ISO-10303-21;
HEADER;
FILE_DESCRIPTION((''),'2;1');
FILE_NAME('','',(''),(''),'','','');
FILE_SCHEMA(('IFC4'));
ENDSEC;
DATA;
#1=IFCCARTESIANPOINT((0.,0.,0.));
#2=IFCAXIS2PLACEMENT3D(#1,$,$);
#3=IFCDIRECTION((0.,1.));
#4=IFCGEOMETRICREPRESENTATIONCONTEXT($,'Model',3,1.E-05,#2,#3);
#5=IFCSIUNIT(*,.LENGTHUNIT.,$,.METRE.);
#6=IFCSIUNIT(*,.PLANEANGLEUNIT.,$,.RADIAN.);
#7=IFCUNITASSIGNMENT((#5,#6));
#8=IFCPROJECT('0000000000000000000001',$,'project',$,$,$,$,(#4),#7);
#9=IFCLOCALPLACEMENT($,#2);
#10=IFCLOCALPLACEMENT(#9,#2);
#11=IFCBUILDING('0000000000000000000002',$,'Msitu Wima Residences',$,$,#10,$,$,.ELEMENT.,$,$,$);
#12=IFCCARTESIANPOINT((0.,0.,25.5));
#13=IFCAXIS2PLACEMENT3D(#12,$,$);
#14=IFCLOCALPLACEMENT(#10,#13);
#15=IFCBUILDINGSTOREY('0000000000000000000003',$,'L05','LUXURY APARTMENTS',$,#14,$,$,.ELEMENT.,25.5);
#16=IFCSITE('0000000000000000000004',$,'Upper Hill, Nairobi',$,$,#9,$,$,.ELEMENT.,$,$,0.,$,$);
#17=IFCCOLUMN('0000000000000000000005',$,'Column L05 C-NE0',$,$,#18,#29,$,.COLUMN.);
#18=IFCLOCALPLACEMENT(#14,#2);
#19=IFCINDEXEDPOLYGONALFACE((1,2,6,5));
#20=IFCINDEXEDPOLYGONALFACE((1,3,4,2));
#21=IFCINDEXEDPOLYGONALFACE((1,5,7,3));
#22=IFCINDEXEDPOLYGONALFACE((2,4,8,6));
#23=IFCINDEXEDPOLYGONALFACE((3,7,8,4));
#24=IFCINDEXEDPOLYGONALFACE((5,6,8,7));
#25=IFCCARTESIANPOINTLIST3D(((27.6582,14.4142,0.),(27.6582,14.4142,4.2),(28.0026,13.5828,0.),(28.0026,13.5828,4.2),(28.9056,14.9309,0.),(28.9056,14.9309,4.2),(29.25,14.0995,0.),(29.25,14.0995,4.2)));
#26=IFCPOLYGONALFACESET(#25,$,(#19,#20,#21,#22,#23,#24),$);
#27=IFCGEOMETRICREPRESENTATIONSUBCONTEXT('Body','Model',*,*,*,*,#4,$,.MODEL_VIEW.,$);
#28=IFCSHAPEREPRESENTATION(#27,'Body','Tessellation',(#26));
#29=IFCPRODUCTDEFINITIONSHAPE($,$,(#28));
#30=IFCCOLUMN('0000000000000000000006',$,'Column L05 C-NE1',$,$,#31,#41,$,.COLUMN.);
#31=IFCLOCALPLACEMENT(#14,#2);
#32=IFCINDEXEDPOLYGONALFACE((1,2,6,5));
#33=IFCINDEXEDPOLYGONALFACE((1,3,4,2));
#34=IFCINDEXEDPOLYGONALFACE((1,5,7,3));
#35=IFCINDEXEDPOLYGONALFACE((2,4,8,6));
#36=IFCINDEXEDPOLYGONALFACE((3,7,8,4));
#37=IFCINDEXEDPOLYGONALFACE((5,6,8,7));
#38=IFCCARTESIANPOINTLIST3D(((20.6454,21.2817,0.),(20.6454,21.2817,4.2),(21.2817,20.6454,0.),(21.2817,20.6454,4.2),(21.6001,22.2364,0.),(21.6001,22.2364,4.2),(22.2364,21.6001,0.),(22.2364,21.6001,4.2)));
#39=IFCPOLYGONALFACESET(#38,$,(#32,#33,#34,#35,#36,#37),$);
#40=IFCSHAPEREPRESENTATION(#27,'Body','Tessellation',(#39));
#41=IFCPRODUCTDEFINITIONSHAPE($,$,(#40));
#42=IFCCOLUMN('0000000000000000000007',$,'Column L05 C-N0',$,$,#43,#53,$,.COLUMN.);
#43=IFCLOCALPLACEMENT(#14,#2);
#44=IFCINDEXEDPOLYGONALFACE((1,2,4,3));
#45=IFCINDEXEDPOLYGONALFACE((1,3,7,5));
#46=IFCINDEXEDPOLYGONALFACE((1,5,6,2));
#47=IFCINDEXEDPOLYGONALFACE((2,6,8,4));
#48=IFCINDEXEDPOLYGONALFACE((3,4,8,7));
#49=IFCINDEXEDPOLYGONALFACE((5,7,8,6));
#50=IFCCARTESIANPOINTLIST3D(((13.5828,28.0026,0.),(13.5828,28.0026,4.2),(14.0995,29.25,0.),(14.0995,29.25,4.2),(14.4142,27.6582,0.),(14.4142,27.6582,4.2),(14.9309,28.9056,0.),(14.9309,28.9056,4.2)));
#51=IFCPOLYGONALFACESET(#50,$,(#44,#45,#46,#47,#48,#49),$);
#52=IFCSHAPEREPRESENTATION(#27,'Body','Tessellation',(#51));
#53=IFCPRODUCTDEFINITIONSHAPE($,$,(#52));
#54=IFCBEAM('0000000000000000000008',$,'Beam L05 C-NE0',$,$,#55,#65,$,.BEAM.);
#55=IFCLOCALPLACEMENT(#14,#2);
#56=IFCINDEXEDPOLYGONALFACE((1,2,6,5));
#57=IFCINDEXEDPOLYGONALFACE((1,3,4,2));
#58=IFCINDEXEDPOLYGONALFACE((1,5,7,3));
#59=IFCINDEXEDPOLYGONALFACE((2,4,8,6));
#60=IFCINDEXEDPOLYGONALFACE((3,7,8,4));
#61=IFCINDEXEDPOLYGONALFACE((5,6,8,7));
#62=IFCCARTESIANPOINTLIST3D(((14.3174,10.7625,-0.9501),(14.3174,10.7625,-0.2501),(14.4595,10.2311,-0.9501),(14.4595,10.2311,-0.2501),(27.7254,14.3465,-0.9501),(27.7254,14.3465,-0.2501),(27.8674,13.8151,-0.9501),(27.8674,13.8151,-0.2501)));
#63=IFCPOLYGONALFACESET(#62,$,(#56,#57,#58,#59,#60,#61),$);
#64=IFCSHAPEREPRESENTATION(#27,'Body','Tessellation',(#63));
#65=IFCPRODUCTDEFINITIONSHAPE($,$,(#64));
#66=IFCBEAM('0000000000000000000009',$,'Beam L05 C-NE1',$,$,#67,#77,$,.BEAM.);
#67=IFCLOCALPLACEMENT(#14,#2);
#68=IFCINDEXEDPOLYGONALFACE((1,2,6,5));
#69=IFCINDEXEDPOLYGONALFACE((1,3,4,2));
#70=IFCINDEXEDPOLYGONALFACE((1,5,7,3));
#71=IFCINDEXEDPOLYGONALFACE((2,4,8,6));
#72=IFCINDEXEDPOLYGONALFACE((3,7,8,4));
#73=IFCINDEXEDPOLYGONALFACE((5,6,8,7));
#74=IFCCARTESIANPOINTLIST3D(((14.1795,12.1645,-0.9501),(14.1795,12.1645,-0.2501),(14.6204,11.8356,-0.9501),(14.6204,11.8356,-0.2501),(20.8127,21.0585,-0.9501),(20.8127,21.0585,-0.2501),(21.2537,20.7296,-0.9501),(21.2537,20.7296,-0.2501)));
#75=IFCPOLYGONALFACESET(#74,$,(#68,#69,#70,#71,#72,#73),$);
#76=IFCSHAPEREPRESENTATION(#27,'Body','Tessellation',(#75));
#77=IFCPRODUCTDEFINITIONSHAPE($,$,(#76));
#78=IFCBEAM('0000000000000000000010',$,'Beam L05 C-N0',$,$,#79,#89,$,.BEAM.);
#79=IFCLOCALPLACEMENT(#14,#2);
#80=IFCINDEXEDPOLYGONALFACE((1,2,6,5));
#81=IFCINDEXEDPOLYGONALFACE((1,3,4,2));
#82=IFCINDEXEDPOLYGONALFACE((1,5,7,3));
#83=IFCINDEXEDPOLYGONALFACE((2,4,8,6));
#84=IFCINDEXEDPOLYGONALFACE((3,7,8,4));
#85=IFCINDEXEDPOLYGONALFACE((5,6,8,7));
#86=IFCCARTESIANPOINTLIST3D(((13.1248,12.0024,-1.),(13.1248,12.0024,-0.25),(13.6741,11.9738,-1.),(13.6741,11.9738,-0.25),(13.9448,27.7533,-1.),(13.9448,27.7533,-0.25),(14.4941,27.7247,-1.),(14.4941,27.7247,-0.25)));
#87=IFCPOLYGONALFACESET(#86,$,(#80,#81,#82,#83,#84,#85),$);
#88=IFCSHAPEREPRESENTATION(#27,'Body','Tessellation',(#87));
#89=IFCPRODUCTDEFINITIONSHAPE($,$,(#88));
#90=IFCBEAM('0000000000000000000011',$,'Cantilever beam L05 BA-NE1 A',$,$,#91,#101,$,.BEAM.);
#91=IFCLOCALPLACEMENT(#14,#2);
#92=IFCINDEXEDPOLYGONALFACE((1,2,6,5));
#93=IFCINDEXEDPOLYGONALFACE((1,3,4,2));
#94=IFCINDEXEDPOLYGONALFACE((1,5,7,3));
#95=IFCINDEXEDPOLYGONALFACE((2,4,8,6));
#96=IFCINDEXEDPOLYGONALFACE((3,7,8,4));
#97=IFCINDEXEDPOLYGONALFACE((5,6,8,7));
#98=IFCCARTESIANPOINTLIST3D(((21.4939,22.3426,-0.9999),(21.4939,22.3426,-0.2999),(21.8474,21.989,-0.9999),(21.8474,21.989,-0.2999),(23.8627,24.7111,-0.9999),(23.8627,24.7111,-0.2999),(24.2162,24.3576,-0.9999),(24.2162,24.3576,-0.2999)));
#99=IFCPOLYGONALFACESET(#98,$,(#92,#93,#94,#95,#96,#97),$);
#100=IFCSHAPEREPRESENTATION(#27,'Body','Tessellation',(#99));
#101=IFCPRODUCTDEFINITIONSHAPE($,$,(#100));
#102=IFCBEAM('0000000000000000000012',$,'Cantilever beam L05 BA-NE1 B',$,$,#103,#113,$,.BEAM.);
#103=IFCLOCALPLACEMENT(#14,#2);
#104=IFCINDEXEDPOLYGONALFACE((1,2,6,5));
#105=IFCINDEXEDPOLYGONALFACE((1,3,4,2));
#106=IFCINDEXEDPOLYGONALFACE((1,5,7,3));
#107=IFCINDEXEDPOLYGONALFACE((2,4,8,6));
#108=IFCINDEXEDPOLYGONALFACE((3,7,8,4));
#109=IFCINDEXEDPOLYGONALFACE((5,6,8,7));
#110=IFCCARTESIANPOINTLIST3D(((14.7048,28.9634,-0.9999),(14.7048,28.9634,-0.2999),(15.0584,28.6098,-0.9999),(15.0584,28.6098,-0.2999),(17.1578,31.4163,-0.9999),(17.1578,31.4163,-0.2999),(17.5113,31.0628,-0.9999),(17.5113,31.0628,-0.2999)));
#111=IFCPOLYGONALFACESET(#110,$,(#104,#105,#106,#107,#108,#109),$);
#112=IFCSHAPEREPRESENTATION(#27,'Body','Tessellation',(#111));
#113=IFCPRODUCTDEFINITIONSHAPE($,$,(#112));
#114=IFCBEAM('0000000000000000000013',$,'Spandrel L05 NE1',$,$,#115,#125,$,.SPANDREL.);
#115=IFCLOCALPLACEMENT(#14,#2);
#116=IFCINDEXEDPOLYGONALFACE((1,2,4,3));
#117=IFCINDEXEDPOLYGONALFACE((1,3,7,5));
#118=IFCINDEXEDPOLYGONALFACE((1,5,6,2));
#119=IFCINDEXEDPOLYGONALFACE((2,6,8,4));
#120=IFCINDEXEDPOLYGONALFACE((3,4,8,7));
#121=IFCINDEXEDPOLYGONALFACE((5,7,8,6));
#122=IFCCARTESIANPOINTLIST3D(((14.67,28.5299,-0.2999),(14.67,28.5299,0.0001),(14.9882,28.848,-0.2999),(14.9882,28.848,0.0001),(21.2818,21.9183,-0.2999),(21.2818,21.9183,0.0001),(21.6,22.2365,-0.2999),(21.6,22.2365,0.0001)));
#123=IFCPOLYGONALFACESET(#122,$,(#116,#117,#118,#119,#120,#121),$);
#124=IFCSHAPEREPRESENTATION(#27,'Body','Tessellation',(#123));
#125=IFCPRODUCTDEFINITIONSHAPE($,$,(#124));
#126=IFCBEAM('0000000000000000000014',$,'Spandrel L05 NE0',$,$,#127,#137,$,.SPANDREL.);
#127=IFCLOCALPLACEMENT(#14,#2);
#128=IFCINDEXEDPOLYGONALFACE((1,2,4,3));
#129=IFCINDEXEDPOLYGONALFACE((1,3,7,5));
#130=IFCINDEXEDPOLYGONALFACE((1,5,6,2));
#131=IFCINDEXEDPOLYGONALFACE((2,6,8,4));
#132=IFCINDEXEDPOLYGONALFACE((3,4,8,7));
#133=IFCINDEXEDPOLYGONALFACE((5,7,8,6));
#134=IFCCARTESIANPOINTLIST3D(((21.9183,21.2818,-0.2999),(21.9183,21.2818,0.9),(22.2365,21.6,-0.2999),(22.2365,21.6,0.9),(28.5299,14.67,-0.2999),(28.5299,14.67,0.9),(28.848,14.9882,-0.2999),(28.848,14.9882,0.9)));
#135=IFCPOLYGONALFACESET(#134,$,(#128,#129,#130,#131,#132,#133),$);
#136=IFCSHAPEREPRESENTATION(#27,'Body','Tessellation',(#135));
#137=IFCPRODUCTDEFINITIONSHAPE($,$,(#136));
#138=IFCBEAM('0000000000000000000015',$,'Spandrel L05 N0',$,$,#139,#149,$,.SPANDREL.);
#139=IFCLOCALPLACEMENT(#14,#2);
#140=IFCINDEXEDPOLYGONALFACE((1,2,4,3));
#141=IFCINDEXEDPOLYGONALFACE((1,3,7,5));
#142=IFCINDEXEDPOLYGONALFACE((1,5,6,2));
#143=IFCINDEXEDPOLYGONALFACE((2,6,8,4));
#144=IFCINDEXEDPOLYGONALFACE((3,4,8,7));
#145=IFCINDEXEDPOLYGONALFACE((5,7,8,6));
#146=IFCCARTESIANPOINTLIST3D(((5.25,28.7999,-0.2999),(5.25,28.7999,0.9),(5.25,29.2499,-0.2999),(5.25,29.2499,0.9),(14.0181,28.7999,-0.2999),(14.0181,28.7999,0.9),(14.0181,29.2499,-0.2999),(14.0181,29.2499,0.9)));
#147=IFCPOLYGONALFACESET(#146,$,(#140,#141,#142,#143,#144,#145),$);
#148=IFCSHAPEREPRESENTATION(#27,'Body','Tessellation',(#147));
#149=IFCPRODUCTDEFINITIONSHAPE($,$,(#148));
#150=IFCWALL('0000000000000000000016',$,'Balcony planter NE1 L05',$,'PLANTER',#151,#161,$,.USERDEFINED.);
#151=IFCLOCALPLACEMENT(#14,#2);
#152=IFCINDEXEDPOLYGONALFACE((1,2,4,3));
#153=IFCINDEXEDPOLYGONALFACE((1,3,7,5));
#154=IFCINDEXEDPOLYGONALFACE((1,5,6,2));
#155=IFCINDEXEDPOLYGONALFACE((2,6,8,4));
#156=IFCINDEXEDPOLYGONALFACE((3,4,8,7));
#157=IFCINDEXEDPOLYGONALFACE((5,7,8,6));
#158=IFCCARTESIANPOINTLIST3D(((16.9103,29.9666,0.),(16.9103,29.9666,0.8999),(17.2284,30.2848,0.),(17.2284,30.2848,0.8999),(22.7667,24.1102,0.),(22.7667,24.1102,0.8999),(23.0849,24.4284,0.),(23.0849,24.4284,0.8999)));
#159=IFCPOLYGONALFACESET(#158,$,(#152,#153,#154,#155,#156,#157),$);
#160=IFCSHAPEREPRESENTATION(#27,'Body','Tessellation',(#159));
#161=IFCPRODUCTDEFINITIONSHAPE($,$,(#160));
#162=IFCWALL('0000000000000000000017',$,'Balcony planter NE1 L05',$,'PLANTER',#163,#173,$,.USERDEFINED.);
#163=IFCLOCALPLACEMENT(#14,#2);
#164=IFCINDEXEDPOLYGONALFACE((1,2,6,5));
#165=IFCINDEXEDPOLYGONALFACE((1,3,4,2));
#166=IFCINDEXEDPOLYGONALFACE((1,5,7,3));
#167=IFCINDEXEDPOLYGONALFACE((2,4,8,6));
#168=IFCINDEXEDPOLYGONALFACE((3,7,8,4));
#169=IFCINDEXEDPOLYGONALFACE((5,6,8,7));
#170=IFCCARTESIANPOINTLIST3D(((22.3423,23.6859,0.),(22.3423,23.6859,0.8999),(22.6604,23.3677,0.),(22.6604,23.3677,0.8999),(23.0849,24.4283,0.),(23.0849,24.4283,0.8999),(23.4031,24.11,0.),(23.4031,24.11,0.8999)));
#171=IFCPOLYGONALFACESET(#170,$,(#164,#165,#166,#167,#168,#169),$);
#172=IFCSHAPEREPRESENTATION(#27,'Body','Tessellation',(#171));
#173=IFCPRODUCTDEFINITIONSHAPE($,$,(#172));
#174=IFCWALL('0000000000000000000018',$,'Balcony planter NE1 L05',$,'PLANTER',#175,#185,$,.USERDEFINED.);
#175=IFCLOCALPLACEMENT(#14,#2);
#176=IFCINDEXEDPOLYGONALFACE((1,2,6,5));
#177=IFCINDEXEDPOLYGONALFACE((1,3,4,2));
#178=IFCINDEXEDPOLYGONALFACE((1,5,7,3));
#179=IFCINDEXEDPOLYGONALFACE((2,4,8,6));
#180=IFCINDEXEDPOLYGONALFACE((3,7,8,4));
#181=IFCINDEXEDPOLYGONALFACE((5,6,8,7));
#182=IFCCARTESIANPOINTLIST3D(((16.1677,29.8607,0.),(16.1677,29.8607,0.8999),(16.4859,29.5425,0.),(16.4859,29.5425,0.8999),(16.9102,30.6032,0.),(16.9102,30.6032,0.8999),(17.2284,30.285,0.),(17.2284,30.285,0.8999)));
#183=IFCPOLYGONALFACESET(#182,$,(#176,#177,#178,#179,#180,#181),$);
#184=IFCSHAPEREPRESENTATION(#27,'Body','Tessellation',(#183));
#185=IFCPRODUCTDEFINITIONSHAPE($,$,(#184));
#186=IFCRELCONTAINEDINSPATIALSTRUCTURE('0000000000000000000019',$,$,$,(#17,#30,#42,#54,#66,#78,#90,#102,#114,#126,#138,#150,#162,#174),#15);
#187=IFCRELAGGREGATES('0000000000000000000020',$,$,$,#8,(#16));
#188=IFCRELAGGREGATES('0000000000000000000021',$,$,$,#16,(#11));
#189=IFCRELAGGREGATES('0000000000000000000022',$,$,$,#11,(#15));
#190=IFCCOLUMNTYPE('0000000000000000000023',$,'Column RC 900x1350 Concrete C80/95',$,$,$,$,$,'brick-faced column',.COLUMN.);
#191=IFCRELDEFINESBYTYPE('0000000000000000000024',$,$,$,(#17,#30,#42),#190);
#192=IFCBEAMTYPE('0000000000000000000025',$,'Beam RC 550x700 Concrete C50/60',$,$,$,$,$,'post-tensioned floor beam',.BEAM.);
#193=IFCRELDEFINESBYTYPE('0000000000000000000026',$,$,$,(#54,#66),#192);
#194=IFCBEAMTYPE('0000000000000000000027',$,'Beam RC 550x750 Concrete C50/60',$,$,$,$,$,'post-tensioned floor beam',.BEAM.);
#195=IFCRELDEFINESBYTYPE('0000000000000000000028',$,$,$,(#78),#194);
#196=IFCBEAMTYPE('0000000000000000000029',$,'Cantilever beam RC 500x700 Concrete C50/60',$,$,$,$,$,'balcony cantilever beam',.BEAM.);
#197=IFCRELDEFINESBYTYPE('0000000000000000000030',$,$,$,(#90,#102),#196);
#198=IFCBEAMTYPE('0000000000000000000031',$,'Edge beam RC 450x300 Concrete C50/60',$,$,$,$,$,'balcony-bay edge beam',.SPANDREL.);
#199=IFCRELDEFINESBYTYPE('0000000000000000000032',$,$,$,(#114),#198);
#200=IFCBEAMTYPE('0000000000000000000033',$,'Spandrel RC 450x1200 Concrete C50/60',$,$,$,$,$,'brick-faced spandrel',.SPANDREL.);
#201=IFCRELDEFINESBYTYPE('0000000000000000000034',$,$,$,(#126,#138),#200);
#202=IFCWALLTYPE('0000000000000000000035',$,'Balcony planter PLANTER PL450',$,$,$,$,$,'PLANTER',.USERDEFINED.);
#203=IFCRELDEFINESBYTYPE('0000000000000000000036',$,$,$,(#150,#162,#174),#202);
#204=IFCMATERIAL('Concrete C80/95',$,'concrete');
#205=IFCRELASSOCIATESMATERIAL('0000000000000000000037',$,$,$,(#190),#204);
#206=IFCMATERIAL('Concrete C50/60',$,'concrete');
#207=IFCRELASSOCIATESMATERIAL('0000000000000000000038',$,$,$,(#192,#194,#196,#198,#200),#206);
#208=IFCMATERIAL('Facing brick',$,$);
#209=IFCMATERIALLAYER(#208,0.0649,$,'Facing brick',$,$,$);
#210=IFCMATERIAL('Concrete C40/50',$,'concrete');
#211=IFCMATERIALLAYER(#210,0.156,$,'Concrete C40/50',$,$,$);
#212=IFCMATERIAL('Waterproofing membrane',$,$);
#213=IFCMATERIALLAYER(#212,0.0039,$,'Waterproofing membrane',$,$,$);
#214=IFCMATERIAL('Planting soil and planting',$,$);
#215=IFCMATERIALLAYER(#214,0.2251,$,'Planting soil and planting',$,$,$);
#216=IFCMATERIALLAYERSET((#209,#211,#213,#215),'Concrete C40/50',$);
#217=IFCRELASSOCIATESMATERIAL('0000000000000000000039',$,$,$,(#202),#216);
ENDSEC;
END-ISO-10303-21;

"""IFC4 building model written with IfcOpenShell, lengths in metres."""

from ifc_helpers import new_model, si_unit, direction, frame, frame_2d, origin, origin_2d, place, context, subcontext, project, spatial, rectangle, extrude, material, layer, layer_set, material_profile, profile_set, type_object, element, save


model = new_model("IFC4")

# Units and contexts
model_context = context("Model", 3, precision=1e-05, world=origin(), true_north=direction((0.0, 1.0)))
body_context = subcontext(model_context, "Body", "Model", "MODEL_VIEW")
ifc_project = project(units=[si_unit("LENGTHUNIT", "METRE"), si_unit("PLANEANGLEUNIT", "RADIAN")], contexts=[model_context])

# Site, building, storey
site_placement = place(None, origin())
site = spatial("IfcSite", under=ifc_project, at=site_placement, Name="Upper Hill, Nairobi", CompositionType="ELEMENT", RefElevation=0.0)
building_placement = place(site_placement, origin())
building = spatial("IfcBuilding", under=site, at=building_placement, Name="Msitu Wima Residences", CompositionType="ELEMENT")
storey_placement = place(building_placement, frame((0.0, 0.0, 25.5)))
storey = spatial("IfcBuildingStorey", under=building, at=storey_placement, Name="L05", Description="LUXURY APARTMENTS", CompositionType="ELEMENT", Elevation=25.5)

# Columns
ifc_material_1 = material(Name="Concrete C80/95", Category="concrete")
ifc_material_profile_1 = material_profile(ifc_material_1, rectangle(XDim=0.8999, YDim=1.3501, at=origin_2d()), Name="RC 900x1350")
ifc_profile_set_1 = profile_set([ifc_material_profile_1], Name="Concrete C80/95")
column_type = type_object("IfcColumnType", Name="Column RC 900x1350 Concrete C80/95", ElementType="brick-faced column", PredefinedType="COLUMN", material=ifc_profile_set_1)
for number, where, z_axis, x_axis, name in (
    (1, (28.4541, 14.2568, 0.0), (0.0, 0.0, 1.0), (-0.382683, 0.92388, 0.0), "Column L05 C-NE0"),
    (2, (21.4409, 21.4409, 0.0), (0.0, 0.0, 1.0), (-0.707107, 0.707107, 0.0), "Column L05 C-NE1"),
    (3, (14.2568, 28.4541, 0.0), (0.0, 0.0, 1.0), (-0.92388, 0.382683, 0.0), "Column L05 C-N0"),
):
    element("IfcColumn", number, at=place(storey_placement, frame(where, z_axis=z_axis, x_axis=x_axis)), inside=storey, type_object=column_type, Name=name, PredefinedType="COLUMN", context=body_context, shape_type="SweptSolid", body=[
        extrude(rectangle(XDim=0.8999, YDim=1.3501, at=origin_2d()), origin(), (0.0, 0.0, 1.0), 4.2),
    ])

# Beams
ifc_material_2 = material(Name="Concrete C50/60", Category="concrete")
ifc_material_profile_2 = material_profile(ifc_material_2, rectangle(XDim=0.55, YDim=0.7, at=origin_2d()), Name="RC 550x700")
ifc_profile_set_2 = profile_set([ifc_material_profile_2], Name="Concrete C50/60")
beam_type_1 = type_object("IfcBeamType", Name="Beam RC 550x700 Concrete C50/60", ElementType="post-tensioned floor beam", PredefinedType="BEAM", material=ifc_profile_set_2)
beam_1_placement = place(storey_placement, frame((27.7964, 14.0808, -0.6001), z_axis=(-0.966082, -0.258236, 0.0), x_axis=(0.258236, -0.966082, 0.0)))
element("IfcBeam", 4, at=beam_1_placement, inside=storey, type_object=beam_type_1, Name="Beam L05 C-NE0", PredefinedType="BEAM", context=body_context, shape_type="SweptSolid", body=[
    extrude(rectangle(XDim=0.55, YDim=0.7, at=origin_2d()), origin(), (0.0, 0.0, 1.0), 13.8787),
])
beam_2_placement = place(storey_placement, frame((21.0332, 20.894, -0.6001), z_axis=(-0.59785, -0.801608, 0.0), x_axis=(0.801608, -0.59785, 0.0)))
element("IfcBeam", 5, at=beam_2_placement, inside=storey, type_object=beam_type_1, Name="Beam L05 C-NE1", PredefinedType="BEAM", context=body_context, shape_type="SweptSolid", body=[
    extrude(rectangle(XDim=0.55, YDim=0.7, at=origin_2d()), origin(), (0.0, 0.0, 1.0), 11.0952),
])
ifc_material_profile_3 = material_profile(ifc_material_2, rectangle(XDim=0.55, YDim=0.75, at=origin_2d()), Name="RC 550x750")
ifc_profile_set_3 = profile_set([ifc_material_profile_3], Name="Concrete C50/60")
beam_type_2 = type_object("IfcBeamType", Name="Beam RC 550x750 Concrete C50/60", ElementType="post-tensioned floor beam", PredefinedType="BEAM", material=ifc_profile_set_3)
beam_3_placement = place(storey_placement, frame((14.2195, 27.739, -0.625), z_axis=(-0.051994, -0.998647, 0.0), x_axis=(0.998647, -0.051994, 0.0)))
element("IfcBeam", 6, at=beam_3_placement, inside=storey, type_object=beam_type_2, Name="Beam L05 C-N0", PredefinedType="BEAM", context=body_context, shape_type="SweptSolid", body=[
    extrude(rectangle(XDim=0.55, YDim=0.75, at=origin_2d()), origin(), (0.0, 0.0, 1.0), 15.7722),
])
ifc_material_profile_4 = material_profile(ifc_material_2, rectangle(XDim=0.5, YDim=0.7, at=origin_2d()), Name="RC 500x700")
ifc_profile_set_4 = profile_set([ifc_material_profile_4], Name="Concrete C50/60")
beam_type_3 = type_object("IfcBeamType", Name="Cantilever beam RC 500x700 Concrete C50/60", ElementType="balcony cantilever beam", PredefinedType="BEAM", material=ifc_profile_set_4)
beam_4_placement = place(storey_placement, frame((21.6707, 22.1658, -0.6499), z_axis=(0.707143, 0.70707, 0.0), x_axis=(-0.70707, 0.707143, 0.0)))
element("IfcBeam", 7, at=beam_4_placement, inside=storey, type_object=beam_type_3, Name="Cantilever beam L05 BA-NE1 A", PredefinedType="BEAM", context=body_context, shape_type="SweptSolid", body=[
    extrude(rectangle(XDim=0.5, YDim=0.7, at=origin_2d()), origin(), (0.0, 0.0, 1.0), 3.3499),
])
beam_5_placement = place(storey_placement, frame((14.8816, 28.7866, -0.6499), z_axis=(0.707107, 0.707107, 0.0), x_axis=(-0.707107, 0.707107, 0.0)))
element("IfcBeam", 8, at=beam_5_placement, inside=storey, type_object=beam_type_3, Name="Cantilever beam L05 BA-NE1 B", PredefinedType="BEAM", context=body_context, shape_type="SweptSolid", body=[
    extrude(rectangle(XDim=0.5, YDim=0.7, at=origin_2d()), origin(), (0.0, 0.0, 1.0), 3.469),
])
ifc_material_profile_5 = material_profile(ifc_material_2, rectangle(XDim=0.45, YDim=0.3, at=origin_2d()), Name="RC 450x300")
ifc_profile_set_5 = profile_set([ifc_material_profile_5], Name="Concrete C50/60")
beam_type_4 = type_object("IfcBeamType", Name="Edge beam RC 450x300 Concrete C50/60", ElementType="balcony-bay edge beam", PredefinedType="SPANDREL", material=ifc_profile_set_5)
beam_6_placement = place(storey_placement, frame((21.4409, 22.0774, -0.1499), z_axis=(-0.70712, 0.707094, 0.0), x_axis=(-0.707094, -0.70712, 0.0)))
element("IfcBeam", 9, at=beam_6_placement, inside=storey, type_object=beam_type_4, Name="Spandrel L05 NE1", PredefinedType="SPANDREL", context=body_context, shape_type="SweptSolid", body=[
    extrude(rectangle(XDim=0.45, YDim=0.3, at=origin_2d()), origin(), (0.0, 0.0, 1.0), 9.3503),
])
ifc_material_profile_6 = material_profile(ifc_material_2, rectangle(XDim=0.45, YDim=1.2, at=origin_2d()), Name="RC 450x1200")
ifc_profile_set_6 = profile_set([ifc_material_profile_6], Name="Concrete C50/60")
beam_type_5 = type_object("IfcBeamType", Name="Spandrel RC 450x1200 Concrete C50/60", ElementType="brick-faced spandrel", PredefinedType="SPANDREL", material=ifc_profile_set_6)
beam_7_placement = place(storey_placement, frame((28.689, 14.8291, 0.3), z_axis=(-0.707094, 0.70712, 0.0), x_axis=(-0.70712, -0.707094, 0.0)))
element("IfcBeam", 10, at=beam_7_placement, inside=storey, type_object=beam_type_5, Name="Spandrel L05 NE0", PredefinedType="SPANDREL", context=body_context, shape_type="SweptSolid", body=[
    extrude(rectangle(XDim=0.45, YDim=1.2, at=origin_2d()), origin(), (0.0, 0.0, 1.0), 9.3503),
])
beam_8_placement = place(storey_placement, frame((14.0181, 29.0249, 0.3), z_axis=(-1.0, 0.0, 0.0), x_axis=(0.0, -1.0, 0.0)))
element("IfcBeam", 11, at=beam_8_placement, inside=storey, type_object=beam_type_5, Name="Spandrel L05 N0", PredefinedType="SPANDREL", context=body_context, shape_type="SweptSolid", body=[
    extrude(rectangle(XDim=0.45, YDim=1.2, at=origin_2d()), origin(), (0.0, 0.0, 1.0), 8.7681),
])

# Walls
ifc_material_3 = material(Name="Facing brick")
ifc_layer_1 = layer(ifc_material_3, 0.0649, Name="Facing brick")
ifc_material_4 = material(Name="Concrete C40/50", Category="concrete")
ifc_layer_2 = layer(ifc_material_4, 0.156, Name="Concrete C40/50")
ifc_material_5 = material(Name="Waterproofing membrane")
ifc_layer_3 = layer(ifc_material_5, 0.0039, Name="Waterproofing membrane")
ifc_material_6 = material(Name="Planting soil and planting")
ifc_layer_4 = layer(ifc_material_6, 0.2251, Name="Planting soil and planting")
ifc_layer_set_1 = layer_set([ifc_layer_1, ifc_layer_2, ifc_layer_3, ifc_layer_4], Name="Concrete C40/50")
wall_type_1 = type_object("IfcWallType", Name="Balcony planter PLANTER PL450", ElementType="PLANTER", PredefinedType="USERDEFINED", material=ifc_layer_set_1)
wall_1_placement = place(storey_placement, frame((22.9258, 24.2693, 0.0), z_axis=(0.0, 0.0, 1.0), x_axis=(-0.707107, 0.707107, 0.0)))
element("IfcWall", 12, at=wall_1_placement, inside=storey, type_object=wall_type_1, Name="Balcony planter NE1 L05", ObjectType="PLANTER", PredefinedType="USERDEFINED", context=body_context, shape_type="SweptSolid", body=[
    extrude(rectangle(XDim=8.2822, YDim=0.45, at=frame_2d((4.1411, 0.0))), origin(), (0.0, 0.0, 1.0), 0.8999),
])
for number, where, z_axis, x_axis, name in (
    (13, (22.5015, 23.5269, 0.0), (0.0, 0.0, 1.0), (0.707223, 0.706991, 0.0), "Balcony planter NE1 L05"),
    (14, (16.3269, 29.7017, 0.0), (0.0, 0.0, 1.0), (0.707107, 0.707107, 0.0), "Balcony planter NE1 L05"),
):
    element("IfcWall", number, at=place(storey_placement, frame(where, z_axis=z_axis, x_axis=x_axis)), inside=storey, type_object=wall_type_1, Name=name, ObjectType="PLANTER", PredefinedType="USERDEFINED", context=body_context, shape_type="SweptSolid", body=[
        extrude(rectangle(XDim=1.05, YDim=0.45, at=frame_2d((0.5249, 0.0))), origin(), (0.0, 0.0, 1.0), 0.8999),
    ])

save(model, "model.ifc")
